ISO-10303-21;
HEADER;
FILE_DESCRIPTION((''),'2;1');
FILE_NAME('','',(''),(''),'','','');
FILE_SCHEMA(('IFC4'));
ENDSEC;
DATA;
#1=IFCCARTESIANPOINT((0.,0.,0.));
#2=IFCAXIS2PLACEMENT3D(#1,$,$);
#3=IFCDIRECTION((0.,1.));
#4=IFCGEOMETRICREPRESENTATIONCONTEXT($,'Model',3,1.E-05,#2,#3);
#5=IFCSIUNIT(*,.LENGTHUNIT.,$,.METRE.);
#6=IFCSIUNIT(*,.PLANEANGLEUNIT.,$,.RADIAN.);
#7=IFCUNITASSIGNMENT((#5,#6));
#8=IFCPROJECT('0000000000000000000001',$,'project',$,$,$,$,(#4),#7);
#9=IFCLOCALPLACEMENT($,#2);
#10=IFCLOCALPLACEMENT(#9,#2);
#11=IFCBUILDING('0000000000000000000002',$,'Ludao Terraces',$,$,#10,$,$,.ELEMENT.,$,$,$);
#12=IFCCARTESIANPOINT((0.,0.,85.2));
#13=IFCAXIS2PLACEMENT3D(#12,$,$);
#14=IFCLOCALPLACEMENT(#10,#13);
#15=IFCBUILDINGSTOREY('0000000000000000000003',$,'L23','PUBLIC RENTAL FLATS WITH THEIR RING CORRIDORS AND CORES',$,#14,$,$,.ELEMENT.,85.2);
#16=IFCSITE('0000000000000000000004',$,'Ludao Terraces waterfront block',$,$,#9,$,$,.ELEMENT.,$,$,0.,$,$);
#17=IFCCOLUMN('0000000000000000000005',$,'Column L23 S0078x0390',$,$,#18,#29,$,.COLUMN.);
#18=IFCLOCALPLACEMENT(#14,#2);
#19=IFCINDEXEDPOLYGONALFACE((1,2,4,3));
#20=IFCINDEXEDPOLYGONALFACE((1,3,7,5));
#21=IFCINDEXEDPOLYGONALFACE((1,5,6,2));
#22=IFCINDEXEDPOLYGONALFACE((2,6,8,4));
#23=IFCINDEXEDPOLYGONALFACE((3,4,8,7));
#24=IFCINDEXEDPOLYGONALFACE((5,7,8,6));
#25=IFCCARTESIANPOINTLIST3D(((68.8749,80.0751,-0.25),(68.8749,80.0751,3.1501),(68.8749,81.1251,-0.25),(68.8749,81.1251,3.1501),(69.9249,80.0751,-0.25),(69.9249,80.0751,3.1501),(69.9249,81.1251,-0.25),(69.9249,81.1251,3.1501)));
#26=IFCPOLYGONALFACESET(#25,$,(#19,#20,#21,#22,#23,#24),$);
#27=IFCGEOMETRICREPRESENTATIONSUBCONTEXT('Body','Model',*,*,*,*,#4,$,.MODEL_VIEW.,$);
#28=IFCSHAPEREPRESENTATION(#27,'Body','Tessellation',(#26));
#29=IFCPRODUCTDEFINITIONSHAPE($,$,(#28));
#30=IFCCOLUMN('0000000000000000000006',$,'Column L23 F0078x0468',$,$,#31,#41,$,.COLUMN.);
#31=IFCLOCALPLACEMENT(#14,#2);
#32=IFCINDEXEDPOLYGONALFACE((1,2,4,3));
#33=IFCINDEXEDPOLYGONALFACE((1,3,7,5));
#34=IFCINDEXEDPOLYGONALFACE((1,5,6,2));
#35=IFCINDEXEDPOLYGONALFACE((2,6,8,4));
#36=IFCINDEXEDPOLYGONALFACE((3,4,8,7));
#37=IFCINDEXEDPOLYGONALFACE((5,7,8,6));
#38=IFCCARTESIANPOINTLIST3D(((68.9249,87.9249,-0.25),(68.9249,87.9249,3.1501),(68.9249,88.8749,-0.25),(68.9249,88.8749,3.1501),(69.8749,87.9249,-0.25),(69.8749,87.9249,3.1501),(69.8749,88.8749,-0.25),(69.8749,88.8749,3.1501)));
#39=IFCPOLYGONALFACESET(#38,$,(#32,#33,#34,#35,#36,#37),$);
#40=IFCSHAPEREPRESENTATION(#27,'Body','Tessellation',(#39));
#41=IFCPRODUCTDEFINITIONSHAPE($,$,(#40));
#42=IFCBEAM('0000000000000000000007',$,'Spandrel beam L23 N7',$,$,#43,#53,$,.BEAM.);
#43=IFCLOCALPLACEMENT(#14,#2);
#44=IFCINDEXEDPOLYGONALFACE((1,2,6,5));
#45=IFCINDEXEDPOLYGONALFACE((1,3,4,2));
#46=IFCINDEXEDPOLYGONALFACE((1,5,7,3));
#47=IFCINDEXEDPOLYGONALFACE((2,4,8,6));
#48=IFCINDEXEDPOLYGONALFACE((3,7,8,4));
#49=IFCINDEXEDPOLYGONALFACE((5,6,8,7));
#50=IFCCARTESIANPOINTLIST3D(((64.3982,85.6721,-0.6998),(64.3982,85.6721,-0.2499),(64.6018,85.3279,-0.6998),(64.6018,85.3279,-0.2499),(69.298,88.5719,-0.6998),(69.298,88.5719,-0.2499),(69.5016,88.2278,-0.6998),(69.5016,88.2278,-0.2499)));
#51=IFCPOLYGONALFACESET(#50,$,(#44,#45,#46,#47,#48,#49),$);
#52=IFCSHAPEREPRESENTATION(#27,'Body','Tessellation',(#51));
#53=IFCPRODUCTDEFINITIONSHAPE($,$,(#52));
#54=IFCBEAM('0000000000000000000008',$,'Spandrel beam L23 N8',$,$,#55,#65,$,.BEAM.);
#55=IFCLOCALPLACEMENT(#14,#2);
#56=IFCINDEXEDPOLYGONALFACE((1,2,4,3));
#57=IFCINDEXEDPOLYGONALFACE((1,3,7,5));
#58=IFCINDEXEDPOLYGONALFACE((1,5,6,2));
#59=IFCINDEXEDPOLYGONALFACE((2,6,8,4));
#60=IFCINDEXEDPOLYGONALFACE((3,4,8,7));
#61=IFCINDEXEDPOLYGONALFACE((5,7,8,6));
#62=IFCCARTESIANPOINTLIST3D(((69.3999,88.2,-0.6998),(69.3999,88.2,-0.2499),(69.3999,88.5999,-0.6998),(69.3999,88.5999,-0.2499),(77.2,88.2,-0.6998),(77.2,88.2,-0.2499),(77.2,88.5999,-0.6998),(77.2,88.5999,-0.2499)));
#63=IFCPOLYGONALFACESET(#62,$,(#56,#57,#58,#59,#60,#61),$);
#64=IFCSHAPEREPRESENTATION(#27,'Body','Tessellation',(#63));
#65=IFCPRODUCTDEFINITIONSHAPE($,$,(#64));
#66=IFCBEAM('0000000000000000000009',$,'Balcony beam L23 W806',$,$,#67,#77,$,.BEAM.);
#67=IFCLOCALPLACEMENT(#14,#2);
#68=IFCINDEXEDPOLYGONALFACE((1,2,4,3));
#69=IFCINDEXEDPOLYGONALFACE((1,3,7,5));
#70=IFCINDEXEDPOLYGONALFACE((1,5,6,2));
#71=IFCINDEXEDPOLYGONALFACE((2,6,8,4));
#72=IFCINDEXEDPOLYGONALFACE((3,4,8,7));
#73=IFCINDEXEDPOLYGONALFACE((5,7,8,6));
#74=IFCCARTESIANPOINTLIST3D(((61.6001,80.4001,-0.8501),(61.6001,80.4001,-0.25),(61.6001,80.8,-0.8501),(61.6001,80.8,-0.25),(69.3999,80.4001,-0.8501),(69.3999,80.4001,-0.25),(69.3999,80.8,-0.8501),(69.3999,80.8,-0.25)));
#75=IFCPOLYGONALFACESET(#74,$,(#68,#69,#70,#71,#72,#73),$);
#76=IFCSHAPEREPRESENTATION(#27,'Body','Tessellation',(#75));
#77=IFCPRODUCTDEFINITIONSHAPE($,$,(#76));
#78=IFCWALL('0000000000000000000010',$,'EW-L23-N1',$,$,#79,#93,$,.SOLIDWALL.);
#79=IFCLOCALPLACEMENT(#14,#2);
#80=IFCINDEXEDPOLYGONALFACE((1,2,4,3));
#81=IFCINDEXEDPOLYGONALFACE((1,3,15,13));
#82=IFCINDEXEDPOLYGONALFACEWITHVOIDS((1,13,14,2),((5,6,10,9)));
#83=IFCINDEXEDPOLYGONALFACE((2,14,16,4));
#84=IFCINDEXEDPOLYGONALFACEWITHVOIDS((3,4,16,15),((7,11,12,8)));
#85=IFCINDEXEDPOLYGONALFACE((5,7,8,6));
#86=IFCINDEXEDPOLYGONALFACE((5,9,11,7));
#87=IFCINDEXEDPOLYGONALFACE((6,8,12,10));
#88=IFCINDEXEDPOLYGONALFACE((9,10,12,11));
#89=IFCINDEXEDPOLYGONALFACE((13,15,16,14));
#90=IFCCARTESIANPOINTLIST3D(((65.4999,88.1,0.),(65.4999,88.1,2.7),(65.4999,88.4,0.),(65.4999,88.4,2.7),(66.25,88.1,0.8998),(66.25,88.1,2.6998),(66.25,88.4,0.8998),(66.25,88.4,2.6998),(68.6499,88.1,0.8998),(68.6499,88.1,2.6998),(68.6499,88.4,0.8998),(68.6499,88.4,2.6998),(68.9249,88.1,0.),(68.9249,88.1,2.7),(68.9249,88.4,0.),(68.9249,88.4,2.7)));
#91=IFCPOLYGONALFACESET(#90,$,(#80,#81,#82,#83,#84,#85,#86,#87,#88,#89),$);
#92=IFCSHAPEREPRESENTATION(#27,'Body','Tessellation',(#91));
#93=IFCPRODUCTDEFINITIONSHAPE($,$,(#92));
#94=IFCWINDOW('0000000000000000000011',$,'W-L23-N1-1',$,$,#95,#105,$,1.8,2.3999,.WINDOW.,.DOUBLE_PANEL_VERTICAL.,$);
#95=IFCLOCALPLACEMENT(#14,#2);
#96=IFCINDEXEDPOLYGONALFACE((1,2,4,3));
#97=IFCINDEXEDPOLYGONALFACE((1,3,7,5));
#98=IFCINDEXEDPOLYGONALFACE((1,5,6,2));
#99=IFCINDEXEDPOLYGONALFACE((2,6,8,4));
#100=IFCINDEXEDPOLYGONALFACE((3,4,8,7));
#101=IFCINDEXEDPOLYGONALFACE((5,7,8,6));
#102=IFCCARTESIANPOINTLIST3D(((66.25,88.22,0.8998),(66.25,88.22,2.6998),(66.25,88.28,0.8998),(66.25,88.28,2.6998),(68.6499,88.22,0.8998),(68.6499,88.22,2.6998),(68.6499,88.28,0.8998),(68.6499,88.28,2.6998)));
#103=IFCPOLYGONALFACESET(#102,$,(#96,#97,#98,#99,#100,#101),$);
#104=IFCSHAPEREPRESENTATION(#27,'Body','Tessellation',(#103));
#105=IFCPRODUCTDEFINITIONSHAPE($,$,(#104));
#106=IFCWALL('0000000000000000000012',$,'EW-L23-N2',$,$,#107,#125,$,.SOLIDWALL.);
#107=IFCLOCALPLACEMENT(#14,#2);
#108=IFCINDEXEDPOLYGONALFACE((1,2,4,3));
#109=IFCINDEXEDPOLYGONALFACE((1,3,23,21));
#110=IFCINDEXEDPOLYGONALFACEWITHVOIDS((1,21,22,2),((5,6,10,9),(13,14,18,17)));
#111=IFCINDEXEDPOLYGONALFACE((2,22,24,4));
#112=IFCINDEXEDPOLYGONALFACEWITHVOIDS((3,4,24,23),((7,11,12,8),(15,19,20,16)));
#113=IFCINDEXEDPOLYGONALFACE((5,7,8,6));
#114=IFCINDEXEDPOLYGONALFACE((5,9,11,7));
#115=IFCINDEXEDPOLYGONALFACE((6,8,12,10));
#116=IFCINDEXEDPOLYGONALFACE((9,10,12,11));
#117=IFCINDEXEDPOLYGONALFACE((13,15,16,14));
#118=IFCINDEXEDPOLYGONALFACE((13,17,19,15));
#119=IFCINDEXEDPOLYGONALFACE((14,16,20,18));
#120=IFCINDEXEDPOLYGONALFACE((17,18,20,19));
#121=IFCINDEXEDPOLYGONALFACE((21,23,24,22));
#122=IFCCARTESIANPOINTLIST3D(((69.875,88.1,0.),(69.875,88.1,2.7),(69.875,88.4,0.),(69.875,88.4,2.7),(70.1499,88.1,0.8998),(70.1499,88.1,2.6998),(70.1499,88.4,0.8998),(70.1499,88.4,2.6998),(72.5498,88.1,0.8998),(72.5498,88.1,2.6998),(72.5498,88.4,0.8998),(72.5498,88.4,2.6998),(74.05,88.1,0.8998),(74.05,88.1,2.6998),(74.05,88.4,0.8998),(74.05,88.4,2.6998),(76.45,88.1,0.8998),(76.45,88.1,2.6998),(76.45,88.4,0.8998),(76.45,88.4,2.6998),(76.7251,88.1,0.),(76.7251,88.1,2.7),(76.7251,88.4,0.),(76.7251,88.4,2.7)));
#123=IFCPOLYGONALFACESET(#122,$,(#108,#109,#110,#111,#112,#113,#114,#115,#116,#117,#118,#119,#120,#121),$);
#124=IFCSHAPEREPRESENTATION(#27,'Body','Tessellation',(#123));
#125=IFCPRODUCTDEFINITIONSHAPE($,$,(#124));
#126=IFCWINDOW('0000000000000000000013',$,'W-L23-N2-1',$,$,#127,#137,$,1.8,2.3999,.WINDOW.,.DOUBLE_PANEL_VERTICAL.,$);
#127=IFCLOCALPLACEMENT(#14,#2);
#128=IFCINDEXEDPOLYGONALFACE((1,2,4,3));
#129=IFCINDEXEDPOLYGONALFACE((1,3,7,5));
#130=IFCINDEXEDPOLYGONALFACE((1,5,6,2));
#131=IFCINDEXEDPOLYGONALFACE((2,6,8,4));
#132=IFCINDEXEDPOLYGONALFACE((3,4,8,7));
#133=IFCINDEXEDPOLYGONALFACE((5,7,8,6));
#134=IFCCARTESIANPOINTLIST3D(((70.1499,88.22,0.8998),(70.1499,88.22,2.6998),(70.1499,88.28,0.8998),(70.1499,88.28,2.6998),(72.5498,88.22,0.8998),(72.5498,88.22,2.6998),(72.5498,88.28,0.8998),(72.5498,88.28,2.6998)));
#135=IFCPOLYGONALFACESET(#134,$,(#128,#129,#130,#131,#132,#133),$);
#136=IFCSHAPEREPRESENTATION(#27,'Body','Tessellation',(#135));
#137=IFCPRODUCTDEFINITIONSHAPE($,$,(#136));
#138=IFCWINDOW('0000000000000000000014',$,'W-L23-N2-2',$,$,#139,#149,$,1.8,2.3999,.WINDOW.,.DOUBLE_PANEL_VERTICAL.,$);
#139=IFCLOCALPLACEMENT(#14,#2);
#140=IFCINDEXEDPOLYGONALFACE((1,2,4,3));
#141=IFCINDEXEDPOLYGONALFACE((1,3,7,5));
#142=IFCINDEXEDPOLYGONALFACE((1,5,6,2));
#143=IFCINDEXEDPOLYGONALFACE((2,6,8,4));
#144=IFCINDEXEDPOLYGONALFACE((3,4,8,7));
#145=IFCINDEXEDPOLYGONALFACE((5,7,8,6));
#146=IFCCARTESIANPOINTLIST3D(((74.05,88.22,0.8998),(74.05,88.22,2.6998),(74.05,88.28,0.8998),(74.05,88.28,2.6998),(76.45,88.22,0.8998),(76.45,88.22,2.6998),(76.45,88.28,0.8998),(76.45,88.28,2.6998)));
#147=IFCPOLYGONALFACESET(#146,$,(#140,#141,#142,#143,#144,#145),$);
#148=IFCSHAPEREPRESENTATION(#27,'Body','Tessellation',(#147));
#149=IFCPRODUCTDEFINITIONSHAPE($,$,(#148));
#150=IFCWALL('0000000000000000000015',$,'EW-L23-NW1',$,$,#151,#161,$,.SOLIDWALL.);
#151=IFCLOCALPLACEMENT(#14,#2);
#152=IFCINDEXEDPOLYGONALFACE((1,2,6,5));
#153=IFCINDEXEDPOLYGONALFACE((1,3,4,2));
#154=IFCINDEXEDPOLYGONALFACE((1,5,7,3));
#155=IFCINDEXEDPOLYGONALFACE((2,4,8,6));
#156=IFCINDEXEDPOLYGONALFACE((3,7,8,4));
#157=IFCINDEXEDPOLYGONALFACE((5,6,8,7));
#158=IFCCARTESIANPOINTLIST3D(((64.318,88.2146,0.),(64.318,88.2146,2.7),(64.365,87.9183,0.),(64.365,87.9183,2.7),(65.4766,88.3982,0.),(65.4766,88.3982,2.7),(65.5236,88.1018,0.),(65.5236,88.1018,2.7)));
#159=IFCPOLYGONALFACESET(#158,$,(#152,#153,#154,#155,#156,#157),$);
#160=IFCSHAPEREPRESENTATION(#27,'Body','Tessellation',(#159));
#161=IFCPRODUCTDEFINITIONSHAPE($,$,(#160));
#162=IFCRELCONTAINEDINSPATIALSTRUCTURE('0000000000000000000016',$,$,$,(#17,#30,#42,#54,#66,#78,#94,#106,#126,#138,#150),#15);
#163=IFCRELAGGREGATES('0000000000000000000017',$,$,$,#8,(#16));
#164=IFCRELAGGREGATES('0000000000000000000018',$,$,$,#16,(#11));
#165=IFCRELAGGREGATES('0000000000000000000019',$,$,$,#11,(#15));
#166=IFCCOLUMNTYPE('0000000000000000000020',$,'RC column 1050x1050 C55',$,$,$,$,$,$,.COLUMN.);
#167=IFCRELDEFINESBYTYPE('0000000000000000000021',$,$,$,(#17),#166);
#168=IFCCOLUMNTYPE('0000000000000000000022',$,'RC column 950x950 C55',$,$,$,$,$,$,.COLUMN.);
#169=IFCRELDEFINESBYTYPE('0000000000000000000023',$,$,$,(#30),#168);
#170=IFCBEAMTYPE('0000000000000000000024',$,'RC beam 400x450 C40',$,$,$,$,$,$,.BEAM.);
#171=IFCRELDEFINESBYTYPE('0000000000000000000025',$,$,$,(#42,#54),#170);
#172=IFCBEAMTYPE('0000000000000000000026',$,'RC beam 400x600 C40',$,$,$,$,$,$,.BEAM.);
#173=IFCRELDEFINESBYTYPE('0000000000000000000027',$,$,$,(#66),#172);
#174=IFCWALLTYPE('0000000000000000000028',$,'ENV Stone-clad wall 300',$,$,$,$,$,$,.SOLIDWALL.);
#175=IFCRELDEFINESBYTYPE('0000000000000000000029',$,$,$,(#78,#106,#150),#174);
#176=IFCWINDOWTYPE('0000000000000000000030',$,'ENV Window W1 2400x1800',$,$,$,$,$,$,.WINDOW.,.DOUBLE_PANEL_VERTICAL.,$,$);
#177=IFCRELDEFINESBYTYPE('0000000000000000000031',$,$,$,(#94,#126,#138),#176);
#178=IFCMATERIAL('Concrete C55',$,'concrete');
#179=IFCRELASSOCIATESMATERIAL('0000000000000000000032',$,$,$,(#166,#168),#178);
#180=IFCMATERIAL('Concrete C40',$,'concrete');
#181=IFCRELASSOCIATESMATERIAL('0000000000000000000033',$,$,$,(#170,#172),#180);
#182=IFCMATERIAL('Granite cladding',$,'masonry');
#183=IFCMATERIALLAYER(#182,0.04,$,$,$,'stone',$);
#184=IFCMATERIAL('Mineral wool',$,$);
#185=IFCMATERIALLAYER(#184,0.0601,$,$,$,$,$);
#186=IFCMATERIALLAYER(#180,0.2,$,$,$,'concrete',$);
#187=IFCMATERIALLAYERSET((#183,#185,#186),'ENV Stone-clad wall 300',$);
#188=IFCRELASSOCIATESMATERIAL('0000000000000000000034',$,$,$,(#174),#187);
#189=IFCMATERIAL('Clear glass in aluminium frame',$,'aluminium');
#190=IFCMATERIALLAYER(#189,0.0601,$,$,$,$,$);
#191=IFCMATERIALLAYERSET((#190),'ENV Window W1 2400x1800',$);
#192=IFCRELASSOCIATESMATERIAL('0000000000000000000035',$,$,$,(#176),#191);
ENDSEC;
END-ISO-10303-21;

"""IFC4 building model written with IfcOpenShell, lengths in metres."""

from ifc_helpers import new_model, si_unit, direction, frame, frame_2d, origin, origin_2d, place, context, subcontext, project, spatial, rectangle, extrude, material, layer, layer_set, material_profile, profile_set, type_object, element, fill, save


model = new_model("IFC4")

# Units and contexts
model_context = context("Model", 3, precision=1e-05, world=origin(), true_north=direction((0.0, 1.0)))
body_context = subcontext(model_context, "Body", "Model", "MODEL_VIEW")
ifc_project = project(units=[si_unit("LENGTHUNIT", "METRE"), si_unit("PLANEANGLEUNIT", "RADIAN")], contexts=[model_context])

# Site, building, storey
site_placement = place(None, origin())
site = spatial("IfcSite", under=ifc_project, at=site_placement, Name="Ludao Terraces waterfront block", CompositionType="ELEMENT", RefElevation=0.0)
building_placement = place(site_placement, origin())
building = spatial("IfcBuilding", under=site, at=building_placement, Name="Ludao Terraces", CompositionType="ELEMENT")
storey_placement = place(building_placement, frame((0.0, 0.0, 85.2)))
storey = spatial("IfcBuildingStorey", under=building, at=storey_placement, Name="L23", Description="PUBLIC RENTAL FLATS WITH THEIR RING CORRIDORS AND CORES", CompositionType="ELEMENT", Elevation=85.2)

# Columns
ifc_material_1 = material(Name="Concrete C55", Category="concrete")
ifc_material_profile_1 = material_profile(ifc_material_1, rectangle(XDim=1.05, YDim=1.05, at=origin_2d()), Name="1050 X 1050")
ifc_profile_set_1 = profile_set([ifc_material_profile_1], Name="Concrete C55")
column_type_1 = type_object("IfcColumnType", Name="RC column 1050x1050 C55", PredefinedType="COLUMN", material=ifc_profile_set_1)
column_1_placement = place(storey_placement, frame((69.3999, 80.6001, -0.25), z_axis=(0.0, 0.0, 1.0), x_axis=(1.0, 0.0, 0.0)))
element("IfcColumn", 1, at=column_1_placement, inside=storey, type_object=column_type_1, Name="Column L23 S0078x0390", PredefinedType="COLUMN", context=body_context, shape_type="SweptSolid", body=[
    extrude(rectangle(XDim=1.05, YDim=1.05, at=origin_2d()), origin(), (0.0, 0.0, 1.0), 3.4001),
])
ifc_material_profile_2 = material_profile(ifc_material_1, rectangle(XDim=0.95, YDim=0.95, at=origin_2d()), Name="950 X 950")
ifc_profile_set_2 = profile_set([ifc_material_profile_2], Name="Concrete C55")
column_type_2 = type_object("IfcColumnType", Name="RC column 950x950 C55", PredefinedType="COLUMN", material=ifc_profile_set_2)
column_2_placement = place(storey_placement, frame((69.3999, 88.3999, -0.25), z_axis=(0.0, 0.0, 1.0), x_axis=(1.0, 0.0, 0.0)))
element("IfcColumn", 2, at=column_2_placement, inside=storey, type_object=column_type_2, Name="Column L23 F0078x0468", PredefinedType="COLUMN", context=body_context, shape_type="SweptSolid", body=[
    extrude(rectangle(XDim=0.95, YDim=0.95, at=origin_2d()), origin(), (0.0, 0.0, 1.0), 3.4001),
])

# Beams
ifc_material_2 = material(Name="Concrete C40", Category="concrete")
ifc_material_profile_3 = material_profile(ifc_material_2, rectangle(XDim=0.3999, YDim=0.45, at=origin_2d()), Name="400 X 450")
ifc_profile_set_3 = profile_set([ifc_material_profile_3], Name="Concrete C40")
beam_type_1 = type_object("IfcBeamType", Name="RC beam 400x450 C40", PredefinedType="BEAM", material=ifc_profile_set_3)
beam_1_placement = place(storey_placement, frame((64.5, 85.5, -0.4749), z_axis=(0.86058, 0.509316, 0.0), x_axis=(-0.509316, 0.86058, 0.0)))
element("IfcBeam", 3, at=beam_1_placement, inside=storey, type_object=beam_type_1, Name="Spandrel beam L23 N7", PredefinedType="BEAM", context=body_context, shape_type="SweptSolid", body=[
    extrude(rectangle(XDim=0.3999, YDim=0.45, at=origin_2d()), origin(), (0.0, 0.0, 1.0), 5.6936),
])
beam_2_placement = place(storey_placement, frame((69.3999, 88.3999, -0.4749), z_axis=(1.0, 0.0, 0.0), x_axis=(0.0, 1.0, 0.0)))
element("IfcBeam", 4, at=beam_2_placement, inside=storey, type_object=beam_type_1, Name="Spandrel beam L23 N8", PredefinedType="BEAM", context=body_context, shape_type="SweptSolid", body=[
    extrude(rectangle(XDim=0.3999, YDim=0.45, at=origin_2d()), origin(), (0.0, 0.0, 1.0), 7.8),
])
ifc_material_profile_4 = material_profile(ifc_material_2, rectangle(XDim=0.3999, YDim=0.6001, at=origin_2d()), Name="400 X 600")
ifc_profile_set_4 = profile_set([ifc_material_profile_4], Name="Concrete C40")
beam_type_2 = type_object("IfcBeamType", Name="RC beam 400x600 C40", PredefinedType="BEAM", material=ifc_profile_set_4)
beam_3_placement = place(storey_placement, frame((69.3999, 80.6001, -0.55), z_axis=(-1.0, 0.0, 0.0), x_axis=(0.0, -1.0, 0.0)))
element("IfcBeam", 5, at=beam_3_placement, inside=storey, type_object=beam_type_2, Name="Balcony beam L23 W806", PredefinedType="BEAM", context=body_context, shape_type="SweptSolid", body=[
    extrude(rectangle(XDim=0.3999, YDim=0.6001, at=origin_2d()), origin(), (0.0, 0.0, 1.0), 7.7998),
])

# Wall, opening, window
ifc_material_3 = material(Name="Granite cladding", Category="masonry")
ifc_layer_1 = layer(ifc_material_3, 0.04, Category="stone")
ifc_material_4 = material(Name="Mineral wool")
ifc_layer_2 = layer(ifc_material_4, 0.0601)
ifc_layer_3 = layer(ifc_material_2, 0.2, Category="concrete")
ifc_layer_set_1 = layer_set([ifc_layer_1, ifc_layer_2, ifc_layer_3], Name="ENV Stone-clad wall 300")
wall_type_1 = type_object("IfcWallType", Name="ENV Stone-clad wall 300", PredefinedType="SOLIDWALL", material=ifc_layer_set_1)
wall_1_placement = place(storey_placement, frame((65.5, 88.25, 0.0), z_axis=(0.0, 0.0, 1.0), x_axis=(1.0, 0.0, 0.0)))
wall_1 = element("IfcWall", 6, at=wall_1_placement, inside=storey, type_object=wall_type_1, Name="EW-L23-N1", PredefinedType="SOLIDWALL", context=body_context, shape_type="SweptSolid", body=[
    extrude(rectangle(XDim=3.425, YDim=0.3, at=frame_2d((1.7124, 0.0))), origin(), (0.0, 0.0, 1.0), 2.7),
])
opening_1_placement = place(wall_1_placement, frame((0.75, 0.0, 0.8999)))
opening_1 = element("IfcOpeningElement", 7, at=opening_1_placement, cuts=wall_1, PredefinedType="OPENING", context=body_context, shape_type="SweptSolid", body=[
    extrude(rectangle(XDim=2.3999, YDim=1.8, at=frame_2d((1.2, 0.8999))), frame((0.0, 0.1602, 0.0), z_axis=(0.0, -1.0, 0.0), x_axis=(1.0, 0.0, 0.0)), (0.0, 0.0, 1.0), 0.3201),
])
ifc_material_5 = material(Name="Clear glass in aluminium frame", Category="aluminium")
ifc_layer_4 = layer(ifc_material_5, 0.0601)
ifc_layer_set_2 = layer_set([ifc_layer_4], Name="ENV Window W1 2400x1800")
window_type = type_object("IfcWindowType", Name="ENV Window W1 2400x1800", PartitioningType="DOUBLE_PANEL_VERTICAL", PredefinedType="WINDOW", material=ifc_layer_set_2)
window_1_placement = place(opening_1_placement, origin())
window_1 = element("IfcWindow", 8, at=window_1_placement, inside=storey, type_object=window_type, Name="W-L23-N1-1", OverallHeight=1.8, OverallWidth=2.3999, PartitioningType="DOUBLE_PANEL_VERTICAL", PredefinedType="WINDOW", context=body_context, shape_type="SweptSolid", body=[
    extrude(rectangle(XDim=2.3999, YDim=1.8, at=frame_2d((1.2, 0.8999))), frame((0.0, 0.03, 0.0), z_axis=(0.0, -1.0, 0.0), x_axis=(1.0, 0.0, 0.0)), (0.0, 0.0, 1.0), 0.0601),
])
fill(opening_1, window_1)

# Wall, openings, windows
wall_2_placement = place(storey_placement, frame((69.875, 88.25, 0.0), z_axis=(0.0, 0.0, 1.0), x_axis=(1.0, 0.0, 0.0)))
wall_2 = element("IfcWall", 9, at=wall_2_placement, inside=storey, type_object=wall_type_1, Name="EW-L23-N2", PredefinedType="SOLIDWALL", context=body_context, shape_type="SweptSolid", body=[
    extrude(rectangle(XDim=6.8501, YDim=0.3, at=frame_2d((3.425, 0.0))), origin(), (0.0, 0.0, 1.0), 2.7),
])
opening_2_placement = place(wall_2_placement, frame((0.2749, 0.0, 0.8999)))
opening_2 = element("IfcOpeningElement", 10, at=opening_2_placement, cuts=wall_2, PredefinedType="OPENING", context=body_context, shape_type="SweptSolid", body=[
    extrude(rectangle(XDim=2.3999, YDim=1.8, at=frame_2d((1.2, 0.8999))), frame((0.0, 0.1602, 0.0), z_axis=(0.0, -1.0, 0.0), x_axis=(1.0, 0.0, 0.0)), (0.0, 0.0, 1.0), 0.3201),
])
opening_3_placement = place(wall_2_placement, frame((4.175, 0.0, 0.8999)))
opening_3 = element("IfcOpeningElement", 11, at=opening_3_placement, cuts=wall_2, PredefinedType="OPENING", context=body_context, shape_type="SweptSolid", body=[
    extrude(rectangle(XDim=2.3999, YDim=1.8, at=frame_2d((1.2, 0.8999))), frame((0.0, 0.1602, 0.0), z_axis=(0.0, -1.0, 0.0), x_axis=(1.0, 0.0, 0.0)), (0.0, 0.0, 1.0), 0.3201),
])
window_2_placement = place(opening_2_placement, origin())
window_2 = element("IfcWindow", 12, at=window_2_placement, inside=storey, type_object=window_type, Name="W-L23-N2-1", OverallHeight=1.8, OverallWidth=2.3999, PartitioningType="DOUBLE_PANEL_VERTICAL", PredefinedType="WINDOW", context=body_context, shape_type="SweptSolid", body=[
    extrude(rectangle(XDim=2.3999, YDim=1.8, at=frame_2d((1.2, 0.8999))), frame((0.0, 0.03, 0.0), z_axis=(0.0, -1.0, 0.0), x_axis=(1.0, 0.0, 0.0)), (0.0, 0.0, 1.0), 0.0601),
])
fill(opening_2, window_2)
window_3_placement = place(opening_3_placement, origin())
window_3 = element("IfcWindow", 13, at=window_3_placement, inside=storey, type_object=window_type, Name="W-L23-N2-2", OverallHeight=1.8, OverallWidth=2.3999, PartitioningType="DOUBLE_PANEL_VERTICAL", PredefinedType="WINDOW", context=body_context, shape_type="SweptSolid", body=[
    extrude(rectangle(XDim=2.3999, YDim=1.8, at=frame_2d((1.2, 0.8999))), frame((0.0, 0.03, 0.0), z_axis=(0.0, -1.0, 0.0), x_axis=(1.0, 0.0, 0.0)), (0.0, 0.0, 1.0), 0.0601),
])
fill(opening_3, window_3)

# Wall
wall_3_placement = place(storey_placement, frame((65.5, 88.25, 0.0), z_axis=(0.0, 0.0, 1.0), x_axis=(-0.987678, -0.156497, 0.0)))
element("IfcWall", 14, at=wall_3_placement, inside=storey, type_object=wall_type_1, Name="EW-L23-NW1", PredefinedType="SOLIDWALL", context=body_context, shape_type="SweptSolid", body=[
    extrude(rectangle(XDim=1.1731, YDim=0.3, at=frame_2d((0.5864, 0.0))), origin(), (0.0, 0.0, 1.0), 2.7),
])

save(model, "model.ifc")
